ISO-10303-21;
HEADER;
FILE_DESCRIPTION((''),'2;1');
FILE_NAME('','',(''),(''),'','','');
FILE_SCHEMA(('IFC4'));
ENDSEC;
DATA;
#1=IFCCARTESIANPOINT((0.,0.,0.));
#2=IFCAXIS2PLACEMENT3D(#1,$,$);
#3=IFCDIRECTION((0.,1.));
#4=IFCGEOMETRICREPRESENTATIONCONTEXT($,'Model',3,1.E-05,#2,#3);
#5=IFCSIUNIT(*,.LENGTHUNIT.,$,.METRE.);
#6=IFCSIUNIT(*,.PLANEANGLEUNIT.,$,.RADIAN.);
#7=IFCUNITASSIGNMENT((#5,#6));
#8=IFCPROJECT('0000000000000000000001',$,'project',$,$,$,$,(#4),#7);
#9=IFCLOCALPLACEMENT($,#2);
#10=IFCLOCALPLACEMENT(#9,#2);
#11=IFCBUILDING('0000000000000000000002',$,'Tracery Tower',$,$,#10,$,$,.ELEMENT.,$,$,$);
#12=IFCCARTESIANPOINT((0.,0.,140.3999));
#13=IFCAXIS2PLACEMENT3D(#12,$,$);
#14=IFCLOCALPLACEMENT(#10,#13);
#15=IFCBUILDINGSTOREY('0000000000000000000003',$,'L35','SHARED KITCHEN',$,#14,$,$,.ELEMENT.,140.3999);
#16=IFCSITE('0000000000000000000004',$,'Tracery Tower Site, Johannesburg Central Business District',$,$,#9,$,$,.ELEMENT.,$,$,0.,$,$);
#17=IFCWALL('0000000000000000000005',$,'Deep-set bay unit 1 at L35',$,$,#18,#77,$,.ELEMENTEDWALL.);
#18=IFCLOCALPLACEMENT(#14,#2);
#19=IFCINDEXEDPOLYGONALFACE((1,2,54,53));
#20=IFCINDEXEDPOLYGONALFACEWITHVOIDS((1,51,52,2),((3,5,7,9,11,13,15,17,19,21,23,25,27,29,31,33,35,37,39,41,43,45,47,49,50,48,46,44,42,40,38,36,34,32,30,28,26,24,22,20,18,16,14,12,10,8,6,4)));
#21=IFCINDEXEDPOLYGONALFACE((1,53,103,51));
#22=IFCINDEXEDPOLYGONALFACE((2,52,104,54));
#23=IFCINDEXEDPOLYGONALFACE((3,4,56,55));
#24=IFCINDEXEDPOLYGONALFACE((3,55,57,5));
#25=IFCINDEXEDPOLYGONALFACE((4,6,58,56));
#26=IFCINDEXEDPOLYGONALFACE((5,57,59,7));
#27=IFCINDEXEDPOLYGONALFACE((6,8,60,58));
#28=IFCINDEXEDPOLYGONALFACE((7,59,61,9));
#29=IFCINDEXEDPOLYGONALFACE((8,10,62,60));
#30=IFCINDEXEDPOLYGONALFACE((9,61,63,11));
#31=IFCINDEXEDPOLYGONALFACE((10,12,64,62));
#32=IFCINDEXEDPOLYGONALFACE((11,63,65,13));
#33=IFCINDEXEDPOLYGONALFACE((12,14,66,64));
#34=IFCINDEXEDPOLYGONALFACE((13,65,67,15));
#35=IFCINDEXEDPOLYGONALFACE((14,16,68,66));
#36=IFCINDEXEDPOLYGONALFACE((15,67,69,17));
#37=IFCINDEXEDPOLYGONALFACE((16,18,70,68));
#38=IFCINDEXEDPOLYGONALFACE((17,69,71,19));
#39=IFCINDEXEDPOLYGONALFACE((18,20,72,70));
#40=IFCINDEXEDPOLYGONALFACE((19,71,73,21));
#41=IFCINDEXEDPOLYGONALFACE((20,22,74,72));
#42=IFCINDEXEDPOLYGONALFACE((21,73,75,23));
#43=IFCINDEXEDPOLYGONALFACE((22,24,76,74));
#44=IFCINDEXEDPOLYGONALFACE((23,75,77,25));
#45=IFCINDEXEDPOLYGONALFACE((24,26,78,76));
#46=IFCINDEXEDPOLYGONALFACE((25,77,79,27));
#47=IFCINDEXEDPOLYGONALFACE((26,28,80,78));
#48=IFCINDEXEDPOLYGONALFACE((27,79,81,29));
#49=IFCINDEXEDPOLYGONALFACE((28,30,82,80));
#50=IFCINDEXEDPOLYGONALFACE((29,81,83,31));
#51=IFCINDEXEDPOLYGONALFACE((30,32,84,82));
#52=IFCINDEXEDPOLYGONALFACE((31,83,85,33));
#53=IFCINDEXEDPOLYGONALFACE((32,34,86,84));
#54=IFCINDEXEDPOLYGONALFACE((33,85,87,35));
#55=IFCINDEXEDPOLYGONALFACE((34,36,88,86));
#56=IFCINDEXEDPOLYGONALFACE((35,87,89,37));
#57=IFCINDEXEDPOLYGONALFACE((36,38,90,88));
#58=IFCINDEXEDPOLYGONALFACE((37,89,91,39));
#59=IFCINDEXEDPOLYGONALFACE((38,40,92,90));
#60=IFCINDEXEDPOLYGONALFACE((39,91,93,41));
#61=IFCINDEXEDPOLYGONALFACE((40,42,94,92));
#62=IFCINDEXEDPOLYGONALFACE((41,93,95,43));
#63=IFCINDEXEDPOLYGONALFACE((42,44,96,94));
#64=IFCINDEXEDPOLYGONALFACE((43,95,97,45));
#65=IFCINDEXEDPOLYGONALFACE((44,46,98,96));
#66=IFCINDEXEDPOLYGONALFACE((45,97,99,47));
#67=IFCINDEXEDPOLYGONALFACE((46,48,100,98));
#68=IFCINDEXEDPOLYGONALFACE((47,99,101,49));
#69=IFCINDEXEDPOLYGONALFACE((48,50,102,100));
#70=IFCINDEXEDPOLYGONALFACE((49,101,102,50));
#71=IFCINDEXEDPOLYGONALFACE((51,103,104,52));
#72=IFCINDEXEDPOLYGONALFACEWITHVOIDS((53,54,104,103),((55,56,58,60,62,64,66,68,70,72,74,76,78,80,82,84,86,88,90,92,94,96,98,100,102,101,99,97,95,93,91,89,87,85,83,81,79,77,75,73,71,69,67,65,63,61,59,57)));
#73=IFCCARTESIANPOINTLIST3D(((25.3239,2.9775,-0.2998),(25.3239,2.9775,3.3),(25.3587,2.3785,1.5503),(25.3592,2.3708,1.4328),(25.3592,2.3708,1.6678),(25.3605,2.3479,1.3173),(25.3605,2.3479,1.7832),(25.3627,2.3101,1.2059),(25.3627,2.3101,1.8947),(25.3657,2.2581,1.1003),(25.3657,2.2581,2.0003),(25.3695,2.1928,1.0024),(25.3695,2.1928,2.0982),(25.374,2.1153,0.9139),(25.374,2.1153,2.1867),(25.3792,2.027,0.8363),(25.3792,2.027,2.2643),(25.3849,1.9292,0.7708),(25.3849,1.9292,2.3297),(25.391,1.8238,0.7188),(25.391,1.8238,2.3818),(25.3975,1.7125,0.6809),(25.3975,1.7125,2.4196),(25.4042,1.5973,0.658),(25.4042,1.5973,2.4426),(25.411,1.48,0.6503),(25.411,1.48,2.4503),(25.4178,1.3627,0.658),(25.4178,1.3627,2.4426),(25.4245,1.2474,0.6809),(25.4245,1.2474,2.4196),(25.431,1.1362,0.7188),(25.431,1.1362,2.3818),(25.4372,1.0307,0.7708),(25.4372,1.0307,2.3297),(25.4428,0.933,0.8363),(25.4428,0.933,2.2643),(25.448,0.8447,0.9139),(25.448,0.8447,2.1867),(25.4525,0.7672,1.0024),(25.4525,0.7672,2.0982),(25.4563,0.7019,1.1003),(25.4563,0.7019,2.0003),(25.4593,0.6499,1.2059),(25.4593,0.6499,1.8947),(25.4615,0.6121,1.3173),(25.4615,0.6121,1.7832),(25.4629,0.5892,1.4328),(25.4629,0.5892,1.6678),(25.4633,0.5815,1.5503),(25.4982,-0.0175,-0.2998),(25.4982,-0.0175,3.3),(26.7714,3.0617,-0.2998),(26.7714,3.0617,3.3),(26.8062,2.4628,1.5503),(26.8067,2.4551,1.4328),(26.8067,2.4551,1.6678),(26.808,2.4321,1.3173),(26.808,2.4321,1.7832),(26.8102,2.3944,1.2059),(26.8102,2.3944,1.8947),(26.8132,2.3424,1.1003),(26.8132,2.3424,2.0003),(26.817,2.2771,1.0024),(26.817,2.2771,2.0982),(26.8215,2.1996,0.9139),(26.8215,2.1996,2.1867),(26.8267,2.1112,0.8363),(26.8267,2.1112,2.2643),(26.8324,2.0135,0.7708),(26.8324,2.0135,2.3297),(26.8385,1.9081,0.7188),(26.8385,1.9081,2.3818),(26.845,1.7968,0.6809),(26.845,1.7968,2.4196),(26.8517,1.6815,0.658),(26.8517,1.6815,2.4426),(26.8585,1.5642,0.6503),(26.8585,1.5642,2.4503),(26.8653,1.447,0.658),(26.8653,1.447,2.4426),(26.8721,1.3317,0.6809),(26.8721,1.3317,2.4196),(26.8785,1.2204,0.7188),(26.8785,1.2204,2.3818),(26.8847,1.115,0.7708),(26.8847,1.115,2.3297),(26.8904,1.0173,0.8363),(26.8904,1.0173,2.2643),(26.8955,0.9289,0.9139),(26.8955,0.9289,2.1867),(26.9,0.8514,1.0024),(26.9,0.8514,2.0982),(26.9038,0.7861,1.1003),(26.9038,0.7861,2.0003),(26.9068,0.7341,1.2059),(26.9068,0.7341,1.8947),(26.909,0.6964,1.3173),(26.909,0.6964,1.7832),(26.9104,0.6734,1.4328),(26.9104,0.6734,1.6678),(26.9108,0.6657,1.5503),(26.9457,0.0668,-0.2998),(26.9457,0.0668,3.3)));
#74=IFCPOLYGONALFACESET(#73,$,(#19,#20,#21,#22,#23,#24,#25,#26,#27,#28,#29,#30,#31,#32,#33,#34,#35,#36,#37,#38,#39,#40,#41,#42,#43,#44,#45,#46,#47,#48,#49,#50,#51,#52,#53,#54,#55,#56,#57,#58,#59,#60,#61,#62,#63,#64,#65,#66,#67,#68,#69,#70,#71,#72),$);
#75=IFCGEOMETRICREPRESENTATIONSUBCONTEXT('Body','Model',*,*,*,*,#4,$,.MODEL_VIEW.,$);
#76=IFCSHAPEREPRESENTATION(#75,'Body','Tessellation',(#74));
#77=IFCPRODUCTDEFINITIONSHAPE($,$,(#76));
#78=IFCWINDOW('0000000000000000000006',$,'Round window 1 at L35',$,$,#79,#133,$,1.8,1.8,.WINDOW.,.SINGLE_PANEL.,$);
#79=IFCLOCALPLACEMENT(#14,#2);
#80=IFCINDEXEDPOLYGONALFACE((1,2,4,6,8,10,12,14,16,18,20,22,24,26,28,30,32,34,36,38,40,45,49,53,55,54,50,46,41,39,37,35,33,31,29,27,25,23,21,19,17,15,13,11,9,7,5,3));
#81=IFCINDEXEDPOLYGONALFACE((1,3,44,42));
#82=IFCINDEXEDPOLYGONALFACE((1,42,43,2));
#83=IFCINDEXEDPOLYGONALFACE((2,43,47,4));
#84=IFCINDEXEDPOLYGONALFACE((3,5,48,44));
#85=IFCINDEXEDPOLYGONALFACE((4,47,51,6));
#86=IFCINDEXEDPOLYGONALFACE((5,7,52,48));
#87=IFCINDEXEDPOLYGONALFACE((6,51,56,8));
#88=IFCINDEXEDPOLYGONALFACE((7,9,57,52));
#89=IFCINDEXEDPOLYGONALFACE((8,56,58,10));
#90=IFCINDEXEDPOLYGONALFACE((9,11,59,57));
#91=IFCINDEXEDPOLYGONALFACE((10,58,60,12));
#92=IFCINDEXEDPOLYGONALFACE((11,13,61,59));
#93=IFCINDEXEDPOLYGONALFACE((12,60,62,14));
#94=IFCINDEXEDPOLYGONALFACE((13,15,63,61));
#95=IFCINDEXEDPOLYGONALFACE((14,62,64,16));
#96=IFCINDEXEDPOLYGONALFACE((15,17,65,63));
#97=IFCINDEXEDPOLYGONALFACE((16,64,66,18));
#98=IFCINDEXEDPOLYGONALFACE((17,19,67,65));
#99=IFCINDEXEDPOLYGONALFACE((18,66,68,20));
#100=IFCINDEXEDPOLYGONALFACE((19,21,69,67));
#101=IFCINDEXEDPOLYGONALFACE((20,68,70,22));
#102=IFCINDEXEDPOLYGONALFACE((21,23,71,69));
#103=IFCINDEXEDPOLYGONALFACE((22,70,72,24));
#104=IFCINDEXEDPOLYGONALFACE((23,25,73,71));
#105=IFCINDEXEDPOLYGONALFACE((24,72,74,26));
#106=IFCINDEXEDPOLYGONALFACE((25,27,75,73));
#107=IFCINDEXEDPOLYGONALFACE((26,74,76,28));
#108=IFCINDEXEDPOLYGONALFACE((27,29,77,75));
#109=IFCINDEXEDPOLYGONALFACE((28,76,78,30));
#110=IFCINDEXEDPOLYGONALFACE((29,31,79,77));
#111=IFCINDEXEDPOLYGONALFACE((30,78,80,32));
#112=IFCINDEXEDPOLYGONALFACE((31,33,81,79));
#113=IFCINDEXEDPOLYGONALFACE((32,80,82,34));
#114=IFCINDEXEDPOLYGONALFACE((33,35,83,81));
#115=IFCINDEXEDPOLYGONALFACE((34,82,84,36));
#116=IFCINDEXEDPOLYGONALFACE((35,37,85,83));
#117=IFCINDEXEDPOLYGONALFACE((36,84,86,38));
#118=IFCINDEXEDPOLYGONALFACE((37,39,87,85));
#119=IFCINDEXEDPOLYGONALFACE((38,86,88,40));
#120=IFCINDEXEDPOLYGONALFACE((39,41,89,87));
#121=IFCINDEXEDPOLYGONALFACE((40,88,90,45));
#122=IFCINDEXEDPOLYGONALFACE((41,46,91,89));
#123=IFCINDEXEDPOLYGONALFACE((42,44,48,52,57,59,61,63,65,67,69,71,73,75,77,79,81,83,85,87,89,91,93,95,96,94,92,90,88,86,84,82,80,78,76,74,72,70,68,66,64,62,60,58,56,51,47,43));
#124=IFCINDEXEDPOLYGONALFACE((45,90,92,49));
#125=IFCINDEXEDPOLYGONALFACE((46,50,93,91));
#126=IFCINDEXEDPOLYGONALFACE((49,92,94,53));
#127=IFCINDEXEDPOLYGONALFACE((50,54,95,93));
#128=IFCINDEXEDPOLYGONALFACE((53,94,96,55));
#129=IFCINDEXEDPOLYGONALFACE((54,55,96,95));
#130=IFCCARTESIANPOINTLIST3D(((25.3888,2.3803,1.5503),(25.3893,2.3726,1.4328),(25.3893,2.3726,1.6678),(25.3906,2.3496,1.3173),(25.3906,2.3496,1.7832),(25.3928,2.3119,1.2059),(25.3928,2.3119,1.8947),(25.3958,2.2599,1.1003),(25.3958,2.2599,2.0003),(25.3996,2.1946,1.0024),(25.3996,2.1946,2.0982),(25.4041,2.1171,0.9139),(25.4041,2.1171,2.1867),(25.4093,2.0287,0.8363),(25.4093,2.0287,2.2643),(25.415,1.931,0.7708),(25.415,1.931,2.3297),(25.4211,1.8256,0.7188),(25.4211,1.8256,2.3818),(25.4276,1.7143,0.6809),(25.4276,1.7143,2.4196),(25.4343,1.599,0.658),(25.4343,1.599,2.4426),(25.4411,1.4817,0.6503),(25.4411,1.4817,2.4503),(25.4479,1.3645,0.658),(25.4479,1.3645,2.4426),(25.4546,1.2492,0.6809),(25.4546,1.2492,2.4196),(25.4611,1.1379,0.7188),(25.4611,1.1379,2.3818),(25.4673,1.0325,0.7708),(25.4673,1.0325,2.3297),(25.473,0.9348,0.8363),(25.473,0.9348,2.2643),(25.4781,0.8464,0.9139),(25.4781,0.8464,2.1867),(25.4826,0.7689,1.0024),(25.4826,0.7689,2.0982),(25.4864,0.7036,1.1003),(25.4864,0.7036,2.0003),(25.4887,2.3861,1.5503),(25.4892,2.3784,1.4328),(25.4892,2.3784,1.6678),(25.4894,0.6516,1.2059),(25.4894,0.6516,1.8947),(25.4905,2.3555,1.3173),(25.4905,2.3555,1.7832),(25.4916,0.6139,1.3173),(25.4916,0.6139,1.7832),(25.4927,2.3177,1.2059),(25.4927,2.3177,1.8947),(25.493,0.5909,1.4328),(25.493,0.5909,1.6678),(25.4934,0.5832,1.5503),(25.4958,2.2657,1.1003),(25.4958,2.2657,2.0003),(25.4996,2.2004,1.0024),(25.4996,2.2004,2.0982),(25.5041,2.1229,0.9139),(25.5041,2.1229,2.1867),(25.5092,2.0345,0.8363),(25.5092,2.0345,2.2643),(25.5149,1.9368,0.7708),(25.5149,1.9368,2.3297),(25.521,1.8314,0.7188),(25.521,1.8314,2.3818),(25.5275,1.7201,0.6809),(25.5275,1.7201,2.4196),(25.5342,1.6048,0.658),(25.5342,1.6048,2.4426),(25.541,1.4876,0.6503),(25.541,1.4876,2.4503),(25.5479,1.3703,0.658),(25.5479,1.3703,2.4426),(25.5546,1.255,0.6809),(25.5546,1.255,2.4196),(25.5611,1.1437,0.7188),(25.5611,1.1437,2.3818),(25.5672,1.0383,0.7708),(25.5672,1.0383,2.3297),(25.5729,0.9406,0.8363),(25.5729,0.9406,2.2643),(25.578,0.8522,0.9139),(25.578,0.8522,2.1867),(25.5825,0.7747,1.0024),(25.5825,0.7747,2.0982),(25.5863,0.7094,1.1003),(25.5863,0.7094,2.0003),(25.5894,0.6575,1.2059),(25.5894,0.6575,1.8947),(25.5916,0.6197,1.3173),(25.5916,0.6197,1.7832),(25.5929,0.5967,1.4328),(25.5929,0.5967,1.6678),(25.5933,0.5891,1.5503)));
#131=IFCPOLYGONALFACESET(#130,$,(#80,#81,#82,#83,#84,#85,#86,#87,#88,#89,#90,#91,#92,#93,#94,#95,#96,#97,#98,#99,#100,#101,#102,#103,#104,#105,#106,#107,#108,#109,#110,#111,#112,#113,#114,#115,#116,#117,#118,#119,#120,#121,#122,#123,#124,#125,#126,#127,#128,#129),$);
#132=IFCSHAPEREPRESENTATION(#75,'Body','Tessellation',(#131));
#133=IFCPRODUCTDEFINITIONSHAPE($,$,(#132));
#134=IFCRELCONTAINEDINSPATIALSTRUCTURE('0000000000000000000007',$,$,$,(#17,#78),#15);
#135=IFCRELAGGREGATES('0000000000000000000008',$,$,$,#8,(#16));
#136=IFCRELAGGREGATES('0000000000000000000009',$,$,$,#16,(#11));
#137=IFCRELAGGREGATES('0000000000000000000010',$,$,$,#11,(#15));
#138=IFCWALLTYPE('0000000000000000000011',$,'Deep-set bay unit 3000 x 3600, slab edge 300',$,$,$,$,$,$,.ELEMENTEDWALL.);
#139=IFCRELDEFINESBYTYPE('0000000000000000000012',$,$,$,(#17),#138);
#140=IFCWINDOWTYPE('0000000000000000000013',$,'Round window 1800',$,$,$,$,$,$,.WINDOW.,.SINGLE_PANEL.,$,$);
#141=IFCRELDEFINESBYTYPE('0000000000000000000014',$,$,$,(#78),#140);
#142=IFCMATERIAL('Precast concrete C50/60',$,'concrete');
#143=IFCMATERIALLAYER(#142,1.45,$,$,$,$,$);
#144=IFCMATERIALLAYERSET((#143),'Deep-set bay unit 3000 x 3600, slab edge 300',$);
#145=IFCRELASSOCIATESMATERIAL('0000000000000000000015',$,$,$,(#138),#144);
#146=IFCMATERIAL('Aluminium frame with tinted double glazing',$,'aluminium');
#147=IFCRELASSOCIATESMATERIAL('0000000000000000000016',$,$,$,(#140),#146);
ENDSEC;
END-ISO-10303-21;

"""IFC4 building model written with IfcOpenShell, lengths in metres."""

from ifc_helpers import new_model, si_unit, direction, frame, frame_2d, origin, origin_2d, place, context, subcontext, project, spatial, rectangle, circle, extrude, material, layer, layer_set, type_object, element, fill, save


model = new_model("IFC4")

# Units and contexts
model_context = context("Model", 3, precision=1e-05, world=origin(), true_north=direction((0.0, 1.0)))
body_context = subcontext(model_context, "Body", "Model", "MODEL_VIEW")
ifc_project = project(units=[si_unit("LENGTHUNIT", "METRE"), si_unit("PLANEANGLEUNIT", "RADIAN")], contexts=[model_context])

# Site, building, storey
site_placement = place(None, origin())
site = spatial("IfcSite", under=ifc_project, at=site_placement, Name="Tracery Tower Site, Johannesburg Central Business District", CompositionType="ELEMENT", RefElevation=0.0)
building_placement = place(site_placement, origin())
building = spatial("IfcBuilding", under=site, at=building_placement, Name="Tracery Tower", CompositionType="ELEMENT")
storey_placement = place(building_placement, frame((0.0, 0.0, 140.3999)))
storey = spatial("IfcBuildingStorey", under=building, at=storey_placement, Name="L35", Description="SHARED KITCHEN", CompositionType="ELEMENT", Elevation=140.3999)

# Wall, opening, window
ifc_material_1 = material(Name="Precast concrete C50/60", Category="concrete")
ifc_layer_1 = layer(ifc_material_1, 1.45)
ifc_layer_set_1 = layer_set([ifc_layer_1], Name="Deep-set bay unit 3000 x 3600, slab edge 300")
wall_type_1 = type_object("IfcWallType", Name="Deep-set bay unit 3000 x 3600, slab edge 300", PredefinedType="ELEMENTEDWALL", material=ifc_layer_set_1)
wall_1_placement = place(storey_placement, frame((26.2219, 0.0247, -0.2998), z_axis=(0.0, 0.0, 1.0), x_axis=(-0.058107, 0.99831, 0.0)))
wall_1 = element("IfcWall", 1, at=wall_1_placement, inside=storey, type_object=wall_type_1, Name="Deep-set bay unit 1 at L35", PredefinedType="ELEMENTEDWALL", context=body_context, shape_type="SweptSolid", body=[
    extrude(rectangle(XDim=3.0, YDim=1.45, at=frame_2d((1.5, 0.0))), origin(), (0.0, 0.0, 1.0), 3.5999),
])
opening_1_placement = place(wall_1_placement, frame((1.5, 0.0, 1.8501)))
opening_1 = element("IfcOpeningElement", 2, at=opening_1_placement, cuts=wall_1, PredefinedType="OPENING", context=body_context, shape_type="SweptSolid", body=[
    extrude(circle(Radius=0.9, at=origin_2d()), frame((0.0, 0.7349, 0.0), z_axis=(0.0, -1.0, 0.0), x_axis=(1.0, 0.0, 0.0)), (0.0, 0.0, 1.0), 1.47),
])
ifc_material_2 = material(Name="Aluminium frame with tinted double glazing", Category="aluminium")
window_type = type_object("IfcWindowType", Name="Round window 1800", PartitioningType="SINGLE_PANEL", PredefinedType="WINDOW", material=ifc_material_2)
window_1_placement = place(opening_1_placement, origin())
window_1 = element("IfcWindow", 3, at=window_1_placement, inside=storey, type_object=window_type, Name="Round window 1 at L35", OverallHeight=1.8, OverallWidth=1.8, PartitioningType="SINGLE_PANEL", PredefinedType="WINDOW", context=body_context, shape_type="SweptSolid", body=[
    extrude(circle(Radius=0.9, at=origin_2d()), frame((0.0, 0.6948, 0.0), z_axis=(0.0, -1.0, 0.0), x_axis=(1.0, 0.0, 0.0)), (0.0, 0.0, 1.0), 0.1001),
])
fill(opening_1, window_1)

save(model, "model.ifc")
